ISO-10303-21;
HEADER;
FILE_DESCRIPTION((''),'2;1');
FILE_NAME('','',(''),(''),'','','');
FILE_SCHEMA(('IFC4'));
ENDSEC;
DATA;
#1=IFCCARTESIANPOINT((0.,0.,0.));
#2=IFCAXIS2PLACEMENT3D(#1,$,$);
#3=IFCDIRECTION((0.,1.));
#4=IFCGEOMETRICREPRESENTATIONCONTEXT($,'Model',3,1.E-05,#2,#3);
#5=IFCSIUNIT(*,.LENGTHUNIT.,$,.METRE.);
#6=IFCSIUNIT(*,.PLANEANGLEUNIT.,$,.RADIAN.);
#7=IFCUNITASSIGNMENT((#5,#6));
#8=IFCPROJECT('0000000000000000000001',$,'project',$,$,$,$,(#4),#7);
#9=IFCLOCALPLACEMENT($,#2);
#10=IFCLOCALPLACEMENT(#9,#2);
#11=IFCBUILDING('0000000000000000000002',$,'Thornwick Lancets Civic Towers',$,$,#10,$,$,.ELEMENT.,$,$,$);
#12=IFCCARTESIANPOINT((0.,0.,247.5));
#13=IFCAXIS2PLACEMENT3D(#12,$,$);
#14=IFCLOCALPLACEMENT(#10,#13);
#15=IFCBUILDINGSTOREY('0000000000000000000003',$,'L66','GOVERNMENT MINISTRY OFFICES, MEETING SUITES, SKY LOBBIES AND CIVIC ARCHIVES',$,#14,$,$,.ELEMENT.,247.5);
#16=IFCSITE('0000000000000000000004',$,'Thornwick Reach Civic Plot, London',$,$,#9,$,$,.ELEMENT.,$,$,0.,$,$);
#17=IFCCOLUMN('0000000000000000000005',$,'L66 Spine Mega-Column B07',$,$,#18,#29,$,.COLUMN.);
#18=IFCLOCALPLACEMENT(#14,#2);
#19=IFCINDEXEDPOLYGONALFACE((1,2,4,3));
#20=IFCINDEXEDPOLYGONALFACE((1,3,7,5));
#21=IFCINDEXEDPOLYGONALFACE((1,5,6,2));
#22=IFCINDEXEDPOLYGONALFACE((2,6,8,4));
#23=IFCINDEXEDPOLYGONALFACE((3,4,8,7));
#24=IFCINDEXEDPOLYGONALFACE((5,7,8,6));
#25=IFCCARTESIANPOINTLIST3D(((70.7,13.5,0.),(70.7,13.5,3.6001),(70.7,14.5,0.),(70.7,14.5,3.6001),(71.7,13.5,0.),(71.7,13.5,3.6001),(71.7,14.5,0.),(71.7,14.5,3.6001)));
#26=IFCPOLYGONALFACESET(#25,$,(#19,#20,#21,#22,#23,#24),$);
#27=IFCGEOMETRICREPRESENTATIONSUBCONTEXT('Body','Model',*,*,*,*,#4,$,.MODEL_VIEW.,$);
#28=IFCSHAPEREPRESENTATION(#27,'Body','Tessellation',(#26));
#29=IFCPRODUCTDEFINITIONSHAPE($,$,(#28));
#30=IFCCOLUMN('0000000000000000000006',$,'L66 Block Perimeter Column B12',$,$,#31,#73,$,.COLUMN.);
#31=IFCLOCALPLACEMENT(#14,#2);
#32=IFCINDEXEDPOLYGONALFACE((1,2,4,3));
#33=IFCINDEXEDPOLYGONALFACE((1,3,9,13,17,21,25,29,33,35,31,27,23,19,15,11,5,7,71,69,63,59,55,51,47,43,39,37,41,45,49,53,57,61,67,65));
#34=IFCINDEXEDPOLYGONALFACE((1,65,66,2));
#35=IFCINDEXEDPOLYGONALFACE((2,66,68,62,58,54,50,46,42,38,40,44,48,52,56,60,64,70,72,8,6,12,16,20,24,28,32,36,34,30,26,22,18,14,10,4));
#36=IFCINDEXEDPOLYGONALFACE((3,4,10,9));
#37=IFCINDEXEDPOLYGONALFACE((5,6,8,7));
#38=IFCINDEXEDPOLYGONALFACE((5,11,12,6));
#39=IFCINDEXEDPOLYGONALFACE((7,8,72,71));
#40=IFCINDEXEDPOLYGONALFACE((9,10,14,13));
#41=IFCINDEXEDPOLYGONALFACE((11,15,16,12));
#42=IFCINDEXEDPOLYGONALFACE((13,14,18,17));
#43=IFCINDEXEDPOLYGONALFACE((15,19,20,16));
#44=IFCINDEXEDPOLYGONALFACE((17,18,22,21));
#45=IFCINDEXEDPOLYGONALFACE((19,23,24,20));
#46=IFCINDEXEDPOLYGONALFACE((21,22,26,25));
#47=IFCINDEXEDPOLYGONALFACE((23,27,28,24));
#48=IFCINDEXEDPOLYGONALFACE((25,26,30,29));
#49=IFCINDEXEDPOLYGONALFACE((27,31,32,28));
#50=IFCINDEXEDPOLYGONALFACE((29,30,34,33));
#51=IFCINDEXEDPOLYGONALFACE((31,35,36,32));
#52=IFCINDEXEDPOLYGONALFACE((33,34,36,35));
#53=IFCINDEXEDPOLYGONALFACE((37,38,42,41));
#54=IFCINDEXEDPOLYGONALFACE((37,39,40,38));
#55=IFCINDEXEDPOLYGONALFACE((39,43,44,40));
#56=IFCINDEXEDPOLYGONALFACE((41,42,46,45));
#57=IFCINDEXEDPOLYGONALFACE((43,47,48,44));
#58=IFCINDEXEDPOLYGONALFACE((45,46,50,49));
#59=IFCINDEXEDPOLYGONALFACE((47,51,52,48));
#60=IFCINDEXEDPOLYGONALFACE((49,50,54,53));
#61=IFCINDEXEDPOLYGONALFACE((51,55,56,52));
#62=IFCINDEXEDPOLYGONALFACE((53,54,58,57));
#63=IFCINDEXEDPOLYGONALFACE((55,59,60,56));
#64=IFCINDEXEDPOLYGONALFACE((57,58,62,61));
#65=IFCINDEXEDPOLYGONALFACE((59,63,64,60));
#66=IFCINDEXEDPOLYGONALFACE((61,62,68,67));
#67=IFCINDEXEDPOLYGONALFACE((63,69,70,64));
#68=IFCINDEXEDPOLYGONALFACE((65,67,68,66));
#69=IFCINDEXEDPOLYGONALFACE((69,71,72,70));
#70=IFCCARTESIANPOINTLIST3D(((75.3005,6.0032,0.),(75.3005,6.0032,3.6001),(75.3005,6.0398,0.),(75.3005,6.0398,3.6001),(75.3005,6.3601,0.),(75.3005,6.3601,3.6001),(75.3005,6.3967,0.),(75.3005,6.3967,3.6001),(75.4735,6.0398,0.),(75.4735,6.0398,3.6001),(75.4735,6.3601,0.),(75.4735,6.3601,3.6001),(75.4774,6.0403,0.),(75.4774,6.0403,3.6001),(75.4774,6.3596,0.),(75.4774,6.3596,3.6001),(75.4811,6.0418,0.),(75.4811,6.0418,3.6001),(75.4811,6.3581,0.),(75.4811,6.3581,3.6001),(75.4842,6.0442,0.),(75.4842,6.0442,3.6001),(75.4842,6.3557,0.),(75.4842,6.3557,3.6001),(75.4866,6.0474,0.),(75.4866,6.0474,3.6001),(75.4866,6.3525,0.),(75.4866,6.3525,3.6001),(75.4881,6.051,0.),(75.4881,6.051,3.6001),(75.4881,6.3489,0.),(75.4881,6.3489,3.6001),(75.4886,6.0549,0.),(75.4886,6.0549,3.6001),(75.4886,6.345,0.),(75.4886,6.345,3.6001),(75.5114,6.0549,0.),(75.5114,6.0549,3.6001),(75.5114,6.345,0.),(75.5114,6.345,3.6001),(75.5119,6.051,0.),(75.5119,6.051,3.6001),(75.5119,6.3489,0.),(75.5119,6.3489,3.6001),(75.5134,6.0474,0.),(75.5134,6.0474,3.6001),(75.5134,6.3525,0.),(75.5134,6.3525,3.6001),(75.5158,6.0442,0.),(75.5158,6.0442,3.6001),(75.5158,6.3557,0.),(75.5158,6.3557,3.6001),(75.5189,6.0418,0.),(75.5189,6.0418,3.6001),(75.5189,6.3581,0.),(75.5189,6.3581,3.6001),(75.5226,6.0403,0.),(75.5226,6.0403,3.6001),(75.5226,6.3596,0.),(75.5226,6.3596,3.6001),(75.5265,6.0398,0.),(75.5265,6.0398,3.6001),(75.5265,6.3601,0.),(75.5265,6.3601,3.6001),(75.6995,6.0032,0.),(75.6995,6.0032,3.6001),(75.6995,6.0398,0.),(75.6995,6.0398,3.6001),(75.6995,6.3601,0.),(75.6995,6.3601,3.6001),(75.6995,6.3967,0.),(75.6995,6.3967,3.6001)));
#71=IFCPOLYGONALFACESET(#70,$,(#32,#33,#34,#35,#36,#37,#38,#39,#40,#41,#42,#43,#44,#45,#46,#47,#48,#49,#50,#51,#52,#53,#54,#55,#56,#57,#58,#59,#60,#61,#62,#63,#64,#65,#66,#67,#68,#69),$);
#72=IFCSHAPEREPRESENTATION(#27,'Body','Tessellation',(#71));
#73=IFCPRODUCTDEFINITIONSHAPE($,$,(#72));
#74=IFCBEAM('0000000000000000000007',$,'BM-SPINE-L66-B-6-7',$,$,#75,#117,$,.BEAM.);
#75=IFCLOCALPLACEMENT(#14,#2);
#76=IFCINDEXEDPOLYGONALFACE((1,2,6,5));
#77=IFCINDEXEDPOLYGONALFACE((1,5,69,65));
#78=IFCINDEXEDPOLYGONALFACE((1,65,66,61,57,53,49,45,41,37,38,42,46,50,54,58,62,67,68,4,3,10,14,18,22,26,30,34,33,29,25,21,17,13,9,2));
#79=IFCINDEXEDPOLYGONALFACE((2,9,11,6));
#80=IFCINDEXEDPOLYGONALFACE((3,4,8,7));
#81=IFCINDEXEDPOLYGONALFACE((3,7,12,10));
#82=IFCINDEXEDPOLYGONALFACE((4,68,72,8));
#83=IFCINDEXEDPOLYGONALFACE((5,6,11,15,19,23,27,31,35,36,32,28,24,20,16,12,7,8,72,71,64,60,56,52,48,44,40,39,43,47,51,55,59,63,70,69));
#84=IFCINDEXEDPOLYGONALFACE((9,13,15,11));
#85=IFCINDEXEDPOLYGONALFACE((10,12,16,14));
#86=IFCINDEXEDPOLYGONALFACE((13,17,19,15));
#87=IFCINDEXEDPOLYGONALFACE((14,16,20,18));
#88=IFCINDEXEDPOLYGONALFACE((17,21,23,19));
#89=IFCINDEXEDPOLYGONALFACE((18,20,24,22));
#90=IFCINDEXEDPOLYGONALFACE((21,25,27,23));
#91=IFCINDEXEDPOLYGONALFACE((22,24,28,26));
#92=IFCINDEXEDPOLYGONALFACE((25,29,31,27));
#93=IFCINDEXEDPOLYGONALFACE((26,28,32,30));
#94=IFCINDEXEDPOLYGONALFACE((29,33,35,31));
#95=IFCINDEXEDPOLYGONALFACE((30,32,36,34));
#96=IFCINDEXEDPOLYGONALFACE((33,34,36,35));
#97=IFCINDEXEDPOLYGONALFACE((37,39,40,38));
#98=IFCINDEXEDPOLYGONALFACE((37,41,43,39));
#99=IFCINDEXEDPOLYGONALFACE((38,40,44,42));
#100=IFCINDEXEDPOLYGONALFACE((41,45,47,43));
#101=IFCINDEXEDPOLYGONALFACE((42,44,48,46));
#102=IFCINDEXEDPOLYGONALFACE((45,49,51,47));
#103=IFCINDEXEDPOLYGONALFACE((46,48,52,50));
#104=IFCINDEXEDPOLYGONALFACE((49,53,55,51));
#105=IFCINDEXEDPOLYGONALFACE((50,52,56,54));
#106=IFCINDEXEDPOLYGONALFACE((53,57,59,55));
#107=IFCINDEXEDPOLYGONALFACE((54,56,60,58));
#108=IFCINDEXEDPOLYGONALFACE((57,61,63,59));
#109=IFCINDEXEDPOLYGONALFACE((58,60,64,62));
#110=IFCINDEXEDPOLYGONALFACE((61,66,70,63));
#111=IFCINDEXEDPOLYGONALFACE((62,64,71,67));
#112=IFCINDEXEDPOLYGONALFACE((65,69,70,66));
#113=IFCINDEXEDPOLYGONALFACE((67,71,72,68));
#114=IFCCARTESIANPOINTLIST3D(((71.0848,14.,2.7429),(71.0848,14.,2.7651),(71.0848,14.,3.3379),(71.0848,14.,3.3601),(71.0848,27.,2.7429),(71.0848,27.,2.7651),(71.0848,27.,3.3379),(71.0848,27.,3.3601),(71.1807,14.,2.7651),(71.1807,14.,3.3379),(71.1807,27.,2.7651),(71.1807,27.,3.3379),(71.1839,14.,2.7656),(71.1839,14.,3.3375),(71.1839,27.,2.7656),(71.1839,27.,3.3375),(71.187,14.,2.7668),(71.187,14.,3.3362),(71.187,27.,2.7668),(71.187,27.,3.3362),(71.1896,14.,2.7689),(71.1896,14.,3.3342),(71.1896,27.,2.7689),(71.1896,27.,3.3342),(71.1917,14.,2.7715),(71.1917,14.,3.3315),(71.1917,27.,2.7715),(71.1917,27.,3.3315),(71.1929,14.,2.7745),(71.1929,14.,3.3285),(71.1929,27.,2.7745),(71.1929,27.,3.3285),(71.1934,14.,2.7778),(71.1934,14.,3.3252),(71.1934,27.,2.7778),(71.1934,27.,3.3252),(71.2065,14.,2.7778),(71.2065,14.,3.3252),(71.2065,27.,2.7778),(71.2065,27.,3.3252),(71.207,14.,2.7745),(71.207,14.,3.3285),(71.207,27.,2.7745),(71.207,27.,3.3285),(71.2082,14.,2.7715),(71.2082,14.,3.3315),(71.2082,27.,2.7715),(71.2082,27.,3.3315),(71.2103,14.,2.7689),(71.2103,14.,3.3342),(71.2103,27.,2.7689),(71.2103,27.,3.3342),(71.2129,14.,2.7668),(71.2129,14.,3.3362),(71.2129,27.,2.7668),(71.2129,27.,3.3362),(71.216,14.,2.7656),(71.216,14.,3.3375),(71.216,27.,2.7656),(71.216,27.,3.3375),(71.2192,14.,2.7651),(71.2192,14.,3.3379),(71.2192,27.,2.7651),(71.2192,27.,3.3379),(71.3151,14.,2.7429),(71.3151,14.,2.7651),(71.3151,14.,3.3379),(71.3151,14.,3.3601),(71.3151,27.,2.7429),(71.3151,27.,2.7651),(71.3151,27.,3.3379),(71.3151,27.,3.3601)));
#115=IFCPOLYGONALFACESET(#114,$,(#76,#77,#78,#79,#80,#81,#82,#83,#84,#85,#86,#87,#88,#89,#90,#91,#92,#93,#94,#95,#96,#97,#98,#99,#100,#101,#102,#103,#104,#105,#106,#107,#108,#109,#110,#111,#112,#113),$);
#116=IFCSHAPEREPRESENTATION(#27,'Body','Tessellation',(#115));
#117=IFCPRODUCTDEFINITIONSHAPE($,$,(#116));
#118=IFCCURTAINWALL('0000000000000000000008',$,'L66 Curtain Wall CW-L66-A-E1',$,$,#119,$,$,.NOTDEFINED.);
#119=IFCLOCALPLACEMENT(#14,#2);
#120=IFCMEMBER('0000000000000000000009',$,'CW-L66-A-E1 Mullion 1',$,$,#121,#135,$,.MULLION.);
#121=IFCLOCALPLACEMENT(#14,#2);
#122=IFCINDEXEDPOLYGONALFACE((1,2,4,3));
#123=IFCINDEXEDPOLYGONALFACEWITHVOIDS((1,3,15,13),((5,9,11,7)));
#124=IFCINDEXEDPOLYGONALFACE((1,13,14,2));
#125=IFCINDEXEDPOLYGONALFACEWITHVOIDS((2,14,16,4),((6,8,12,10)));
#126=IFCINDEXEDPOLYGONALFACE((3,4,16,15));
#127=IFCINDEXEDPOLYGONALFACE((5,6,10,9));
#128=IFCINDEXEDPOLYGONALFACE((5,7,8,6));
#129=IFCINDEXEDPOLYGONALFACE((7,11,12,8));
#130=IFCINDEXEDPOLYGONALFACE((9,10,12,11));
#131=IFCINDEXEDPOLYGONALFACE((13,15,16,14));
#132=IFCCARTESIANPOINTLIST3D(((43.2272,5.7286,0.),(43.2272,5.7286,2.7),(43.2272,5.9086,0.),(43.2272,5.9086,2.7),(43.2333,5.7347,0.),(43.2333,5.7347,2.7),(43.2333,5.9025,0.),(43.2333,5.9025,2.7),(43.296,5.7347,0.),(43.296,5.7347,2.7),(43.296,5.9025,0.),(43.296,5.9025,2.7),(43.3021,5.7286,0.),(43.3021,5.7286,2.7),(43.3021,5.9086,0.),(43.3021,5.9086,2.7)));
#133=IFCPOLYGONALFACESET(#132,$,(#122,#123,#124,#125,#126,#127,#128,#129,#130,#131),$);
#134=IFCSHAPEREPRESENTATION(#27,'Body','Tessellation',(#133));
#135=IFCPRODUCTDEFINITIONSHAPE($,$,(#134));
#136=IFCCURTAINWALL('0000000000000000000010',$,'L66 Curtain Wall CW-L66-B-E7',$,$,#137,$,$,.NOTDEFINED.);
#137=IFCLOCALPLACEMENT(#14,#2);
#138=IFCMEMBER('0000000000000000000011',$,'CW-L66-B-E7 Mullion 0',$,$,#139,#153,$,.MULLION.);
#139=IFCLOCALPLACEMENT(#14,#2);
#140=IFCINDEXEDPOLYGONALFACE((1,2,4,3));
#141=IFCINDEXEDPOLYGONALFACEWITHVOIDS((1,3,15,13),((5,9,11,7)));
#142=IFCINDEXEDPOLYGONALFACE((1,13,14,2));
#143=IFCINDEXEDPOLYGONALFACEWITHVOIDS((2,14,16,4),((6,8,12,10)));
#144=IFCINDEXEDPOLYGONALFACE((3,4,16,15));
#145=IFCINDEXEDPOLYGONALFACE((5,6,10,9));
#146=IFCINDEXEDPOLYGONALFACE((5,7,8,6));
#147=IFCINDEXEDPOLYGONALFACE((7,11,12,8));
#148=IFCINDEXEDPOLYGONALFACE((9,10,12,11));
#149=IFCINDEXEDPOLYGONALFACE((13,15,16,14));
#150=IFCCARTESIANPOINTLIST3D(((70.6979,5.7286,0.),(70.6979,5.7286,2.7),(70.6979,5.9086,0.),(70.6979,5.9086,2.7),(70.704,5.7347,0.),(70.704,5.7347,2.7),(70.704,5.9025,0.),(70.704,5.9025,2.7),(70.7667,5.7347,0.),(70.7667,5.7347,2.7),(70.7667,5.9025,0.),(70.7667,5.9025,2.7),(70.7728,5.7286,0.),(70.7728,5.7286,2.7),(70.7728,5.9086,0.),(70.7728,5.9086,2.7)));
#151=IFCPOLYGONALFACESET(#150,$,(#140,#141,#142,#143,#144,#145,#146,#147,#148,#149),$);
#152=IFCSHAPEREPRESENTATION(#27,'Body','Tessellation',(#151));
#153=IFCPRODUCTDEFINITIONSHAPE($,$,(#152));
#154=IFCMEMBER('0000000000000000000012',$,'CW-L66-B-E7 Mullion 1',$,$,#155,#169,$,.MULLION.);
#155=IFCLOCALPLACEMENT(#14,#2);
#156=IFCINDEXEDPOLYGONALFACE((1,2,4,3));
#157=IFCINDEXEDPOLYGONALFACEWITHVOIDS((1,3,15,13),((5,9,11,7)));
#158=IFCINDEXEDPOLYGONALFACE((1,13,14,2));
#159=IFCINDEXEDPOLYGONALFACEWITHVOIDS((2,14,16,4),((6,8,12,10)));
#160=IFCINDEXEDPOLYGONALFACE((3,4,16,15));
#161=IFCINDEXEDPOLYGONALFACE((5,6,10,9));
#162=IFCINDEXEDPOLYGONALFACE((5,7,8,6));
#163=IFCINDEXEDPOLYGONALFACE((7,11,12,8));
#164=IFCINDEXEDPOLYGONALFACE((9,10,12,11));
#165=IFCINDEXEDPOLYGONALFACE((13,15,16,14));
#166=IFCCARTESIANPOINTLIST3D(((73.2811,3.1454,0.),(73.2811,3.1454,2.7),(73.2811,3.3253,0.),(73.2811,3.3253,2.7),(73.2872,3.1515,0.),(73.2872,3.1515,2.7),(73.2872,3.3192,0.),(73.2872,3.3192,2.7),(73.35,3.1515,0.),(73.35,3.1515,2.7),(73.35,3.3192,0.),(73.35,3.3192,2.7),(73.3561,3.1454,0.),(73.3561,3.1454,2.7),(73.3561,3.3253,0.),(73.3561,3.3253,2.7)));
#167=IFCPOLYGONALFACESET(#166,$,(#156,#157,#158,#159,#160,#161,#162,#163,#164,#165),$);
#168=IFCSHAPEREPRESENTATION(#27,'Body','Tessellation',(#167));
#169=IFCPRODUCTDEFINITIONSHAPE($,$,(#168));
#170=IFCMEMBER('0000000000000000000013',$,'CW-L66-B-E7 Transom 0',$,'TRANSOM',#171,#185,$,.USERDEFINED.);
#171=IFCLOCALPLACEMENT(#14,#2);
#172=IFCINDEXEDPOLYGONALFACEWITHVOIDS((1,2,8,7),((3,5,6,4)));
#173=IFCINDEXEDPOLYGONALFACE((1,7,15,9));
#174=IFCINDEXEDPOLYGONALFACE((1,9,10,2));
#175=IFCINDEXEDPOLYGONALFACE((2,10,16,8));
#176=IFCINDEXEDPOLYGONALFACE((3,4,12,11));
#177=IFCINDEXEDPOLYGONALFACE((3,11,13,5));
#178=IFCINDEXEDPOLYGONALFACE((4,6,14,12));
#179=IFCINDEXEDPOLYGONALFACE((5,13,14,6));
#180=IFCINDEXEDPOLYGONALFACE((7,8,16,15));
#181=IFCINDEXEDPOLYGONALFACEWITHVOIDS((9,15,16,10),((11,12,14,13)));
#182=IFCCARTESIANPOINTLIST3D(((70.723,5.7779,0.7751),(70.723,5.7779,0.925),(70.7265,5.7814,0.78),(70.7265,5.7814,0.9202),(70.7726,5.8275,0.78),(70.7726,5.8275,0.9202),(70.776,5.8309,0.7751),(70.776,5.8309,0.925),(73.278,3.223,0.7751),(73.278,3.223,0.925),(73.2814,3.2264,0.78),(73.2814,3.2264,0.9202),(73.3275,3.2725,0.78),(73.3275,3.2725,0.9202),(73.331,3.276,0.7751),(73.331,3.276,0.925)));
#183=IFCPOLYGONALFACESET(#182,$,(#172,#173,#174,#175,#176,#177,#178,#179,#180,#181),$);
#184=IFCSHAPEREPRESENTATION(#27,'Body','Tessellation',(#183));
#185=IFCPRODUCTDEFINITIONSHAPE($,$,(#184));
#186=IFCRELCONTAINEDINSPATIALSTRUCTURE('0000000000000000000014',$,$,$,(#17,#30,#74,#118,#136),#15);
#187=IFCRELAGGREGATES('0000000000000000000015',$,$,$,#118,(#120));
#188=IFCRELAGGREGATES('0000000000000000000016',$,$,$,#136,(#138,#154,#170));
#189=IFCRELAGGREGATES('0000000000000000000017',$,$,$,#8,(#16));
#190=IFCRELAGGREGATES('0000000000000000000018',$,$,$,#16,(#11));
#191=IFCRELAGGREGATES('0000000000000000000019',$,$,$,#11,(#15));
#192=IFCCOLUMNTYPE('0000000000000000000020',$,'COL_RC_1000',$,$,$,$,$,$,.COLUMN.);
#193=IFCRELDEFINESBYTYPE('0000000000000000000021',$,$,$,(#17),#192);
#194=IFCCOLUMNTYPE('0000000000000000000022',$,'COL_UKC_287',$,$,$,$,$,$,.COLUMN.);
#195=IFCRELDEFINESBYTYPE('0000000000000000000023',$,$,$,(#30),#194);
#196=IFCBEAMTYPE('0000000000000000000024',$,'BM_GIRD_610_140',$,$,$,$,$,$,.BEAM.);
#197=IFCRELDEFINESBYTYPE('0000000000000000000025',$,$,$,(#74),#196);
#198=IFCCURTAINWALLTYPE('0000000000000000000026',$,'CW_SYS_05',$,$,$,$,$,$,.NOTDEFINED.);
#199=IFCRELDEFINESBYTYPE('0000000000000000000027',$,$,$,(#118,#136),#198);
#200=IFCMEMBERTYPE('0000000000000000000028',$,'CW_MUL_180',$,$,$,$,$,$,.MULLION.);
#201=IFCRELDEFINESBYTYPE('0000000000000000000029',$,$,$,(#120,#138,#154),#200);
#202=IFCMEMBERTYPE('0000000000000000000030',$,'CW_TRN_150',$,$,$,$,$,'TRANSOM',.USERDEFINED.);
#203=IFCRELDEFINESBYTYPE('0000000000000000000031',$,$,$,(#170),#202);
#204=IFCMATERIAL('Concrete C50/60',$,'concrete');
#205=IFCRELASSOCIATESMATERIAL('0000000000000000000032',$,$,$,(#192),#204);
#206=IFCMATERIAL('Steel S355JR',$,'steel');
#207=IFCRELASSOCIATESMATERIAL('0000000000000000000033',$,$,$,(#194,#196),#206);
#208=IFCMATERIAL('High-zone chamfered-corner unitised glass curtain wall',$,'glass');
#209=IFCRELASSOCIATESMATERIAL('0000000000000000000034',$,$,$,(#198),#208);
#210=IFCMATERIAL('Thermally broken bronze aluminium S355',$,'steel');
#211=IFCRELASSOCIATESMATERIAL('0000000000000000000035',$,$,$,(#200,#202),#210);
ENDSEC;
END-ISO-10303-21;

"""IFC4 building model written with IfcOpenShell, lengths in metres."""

from ifc_helpers import new_model, si_unit, direction, frame, origin, origin_2d, place, context, subcontext, project, spatial, rectangle, hollow_rectangle, i_section, extrude, material, material_profile, profile_set, type_object, element, aggregate, save


model = new_model("IFC4")

# Units and contexts
model_context = context("Model", 3, precision=1e-05, world=origin(), true_north=direction((0.0, 1.0)))
body_context = subcontext(model_context, "Body", "Model", "MODEL_VIEW")
ifc_project = project(units=[si_unit("LENGTHUNIT", "METRE"), si_unit("PLANEANGLEUNIT", "RADIAN")], contexts=[model_context])

# Site, building, storey
site_placement = place(None, origin())
site = spatial("IfcSite", under=ifc_project, at=site_placement, Name="Thornwick Reach Civic Plot, London", CompositionType="ELEMENT", RefElevation=0.0)
building_placement = place(site_placement, origin())
building = spatial("IfcBuilding", under=site, at=building_placement, Name="Thornwick Lancets Civic Towers", CompositionType="ELEMENT")
storey_placement = place(building_placement, frame((0.0, 0.0, 247.5)))
storey = spatial("IfcBuildingStorey", under=building, at=storey_placement, Name="L66", Description="GOVERNMENT MINISTRY OFFICES, MEETING SUITES, SKY LOBBIES AND CIVIC ARCHIVES", CompositionType="ELEMENT", Elevation=247.5)

# Columns
ifc_material_1 = material(Name="Concrete C50/60", Category="concrete")
ifc_material_profile_1 = material_profile(ifc_material_1, rectangle(XDim=1.0, YDim=1.0, at=origin_2d()), Name="RC 1000x1000")
ifc_profile_set_1 = profile_set([ifc_material_profile_1], Name="Concrete C50/60")
column_type_1 = type_object("IfcColumnType", Name="COL_RC_1000", PredefinedType="COLUMN", material=ifc_profile_set_1)
column_1_placement = place(storey_placement, frame((71.2, 14.0, 0.0), z_axis=(0.0, 0.0, 1.0), x_axis=(1.0, 0.0, 0.0)))
element("IfcColumn", 1, at=column_1_placement, inside=storey, type_object=column_type_1, Name="L66 Spine Mega-Column B07", PredefinedType="COLUMN", context=body_context, shape_type="SweptSolid", body=[
    extrude(rectangle(XDim=1.0, YDim=1.0, at=origin_2d()), origin(), (0.0, 0.0, 1.0), 3.6001),
])
ifc_material_2 = material(Name="Steel S355JR", Category="steel")
ifc_material_profile_2 = material_profile(ifc_material_2, i_section(OverallWidth=0.3989, OverallDepth=0.3936, WebThickness=0.0227, FlangeThickness=0.0366, FilletRadius=0.0151, at=origin_2d()), Name="UKC 356x406x287")
ifc_profile_set_2 = profile_set([ifc_material_profile_2], Name="Steel S355JR")
column_type_2 = type_object("IfcColumnType", Name="COL_UKC_287", PredefinedType="COLUMN", material=ifc_profile_set_2)
column_2_placement = place(storey_placement, frame((75.5, 6.2, 0.0), z_axis=(0.0, 0.0, 1.0), x_axis=(1.0, 0.0, 0.0)))
element("IfcColumn", 2, at=column_2_placement, inside=storey, type_object=column_type_2, Name="L66 Block Perimeter Column B12", PredefinedType="COLUMN", context=body_context, shape_type="SweptSolid", body=[
    extrude(i_section(OverallWidth=0.3989, OverallDepth=0.3936, WebThickness=0.0227, FlangeThickness=0.0366, FilletRadius=0.0151, at=origin_2d()), origin(), (0.0, 0.0, 1.0), 3.6001),
])

# Beam
ifc_material_profile_3 = material_profile(ifc_material_2, i_section(OverallWidth=0.2302, OverallDepth=0.6172, WebThickness=0.0132, FlangeThickness=0.0222, FilletRadius=0.0127, at=origin_2d()), Name="UKB 610x229x140")
ifc_profile_set_3 = profile_set([ifc_material_profile_3], Name="Steel S355JR")
beam_type = type_object("IfcBeamType", Name="BM_GIRD_610_140", PredefinedType="BEAM", material=ifc_profile_set_3)
beam_placement = place(storey_placement, frame((71.2, 14.0, 3.0515), z_axis=(0.0, 1.0, 0.0), x_axis=(-1.0, 0.0, 0.0)))
element("IfcBeam", 3, at=beam_placement, inside=storey, type_object=beam_type, Name="BM-SPINE-L66-B-6-7", PredefinedType="BEAM", context=body_context, shape_type="SweptSolid", body=[
    extrude(i_section(OverallWidth=0.2302, OverallDepth=0.6172, WebThickness=0.0132, FlangeThickness=0.0222, FilletRadius=0.0127, at=origin_2d()), origin(), (0.0, 0.0, 1.0), 13.0),
])

# Curtain wall, member
ifc_material_3 = material(Name="High-zone chamfered-corner unitised glass curtain wall", Category="glass")
curtain_wall_type = type_object("IfcCurtainWallType", Name="CW_SYS_05", PredefinedType="NOTDEFINED", material=ifc_material_3)
curtain_wall_1_placement = place(storey_placement, origin())
curtain_wall_1 = element("IfcCurtainWall", 4, at=curtain_wall_1_placement, inside=storey, type_object=curtain_wall_type, Name="L66 Curtain Wall CW-L66-A-E1", PredefinedType="NOTDEFINED")
ifc_material_4 = material(Name="Thermally broken bronze aluminium S355", Category="steel")
ifc_material_profile_4 = material_profile(ifc_material_4, hollow_rectangle(XDim=0.075, YDim=0.1799, WallThickness=0.0061, at=origin_2d()), Name="RHS 180x75x6")
ifc_profile_set_4 = profile_set([ifc_material_profile_4], Name="Thermally broken bronze aluminium S355")
member_type_1 = type_object("IfcMemberType", Name="CW_MUL_180", PredefinedType="MULLION", material=ifc_profile_set_4)
member_1_placement = place(storey_placement, frame((43.2646, 5.8186, 0.0), z_axis=(0.0, 0.0, 1.0), x_axis=(1.0, 0.0, 0.0)))
member_1 = element("IfcMember", 5, at=member_1_placement, type_object=member_type_1, Name="CW-L66-A-E1 Mullion 1", PredefinedType="MULLION", context=body_context, shape_type="SweptSolid", body=[
    extrude(hollow_rectangle(XDim=0.075, YDim=0.1799, WallThickness=0.0061, at=origin_2d()), origin(), (0.0, 0.0, 1.0), 2.7),
])
aggregate(curtain_wall_1, [member_1])

# Curtain wall, members
curtain_wall_2_placement = place(storey_placement, origin())
curtain_wall_2 = element("IfcCurtainWall", 6, at=curtain_wall_2_placement, inside=storey, type_object=curtain_wall_type, Name="L66 Curtain Wall CW-L66-B-E7", PredefinedType="NOTDEFINED")
member_2_placement = place(storey_placement, frame((70.7354, 5.8186, 0.0), z_axis=(0.0, 0.0, 1.0), x_axis=(1.0, 0.0, 0.0)))
member_2 = element("IfcMember", 7, at=member_2_placement, type_object=member_type_1, Name="CW-L66-B-E7 Mullion 0", PredefinedType="MULLION", context=body_context, shape_type="SweptSolid", body=[
    extrude(hollow_rectangle(XDim=0.075, YDim=0.1799, WallThickness=0.0061, at=origin_2d()), origin(), (0.0, 0.0, 1.0), 2.7),
])
member_3_placement = place(storey_placement, frame((73.3186, 3.2354, 0.0), z_axis=(0.0, 0.0, 1.0), x_axis=(1.0, 0.0, 0.0)))
member_3 = element("IfcMember", 8, at=member_3_placement, type_object=member_type_1, Name="CW-L66-B-E7 Mullion 1", PredefinedType="MULLION", context=body_context, shape_type="SweptSolid", body=[
    extrude(hollow_rectangle(XDim=0.075, YDim=0.1799, WallThickness=0.0061, at=origin_2d()), origin(), (0.0, 0.0, 1.0), 2.7),
])
ifc_material_profile_5 = material_profile(ifc_material_4, hollow_rectangle(XDim=0.075, YDim=0.1499, WallThickness=0.0049, at=origin_2d()), Name="RHS 150x75x5")
ifc_profile_set_5 = profile_set([ifc_material_profile_5], Name="Thermally broken bronze aluminium S355")
member_type_2 = type_object("IfcMemberType", Name="CW_TRN_150", ElementType="TRANSOM", PredefinedType="USERDEFINED", material=ifc_profile_set_5)
member_4_placement = place(storey_placement, frame((70.7495, 5.8044, 0.8501), z_axis=(0.707107, -0.707107, 0.0), x_axis=(0.707107, 0.707107, 0.0)))
member_4 = element("IfcMember", 9, at=member_4_placement, type_object=member_type_2, Name="CW-L66-B-E7 Transom 0", ObjectType="TRANSOM", PredefinedType="USERDEFINED", context=body_context, shape_type="SweptSolid", body=[
    extrude(hollow_rectangle(XDim=0.075, YDim=0.1499, WallThickness=0.0049, at=origin_2d()), origin(), (0.0, 0.0, 1.0), 3.6133),
])
aggregate(curtain_wall_2, [member_2, member_3, member_4])

save(model, "model.ifc")
